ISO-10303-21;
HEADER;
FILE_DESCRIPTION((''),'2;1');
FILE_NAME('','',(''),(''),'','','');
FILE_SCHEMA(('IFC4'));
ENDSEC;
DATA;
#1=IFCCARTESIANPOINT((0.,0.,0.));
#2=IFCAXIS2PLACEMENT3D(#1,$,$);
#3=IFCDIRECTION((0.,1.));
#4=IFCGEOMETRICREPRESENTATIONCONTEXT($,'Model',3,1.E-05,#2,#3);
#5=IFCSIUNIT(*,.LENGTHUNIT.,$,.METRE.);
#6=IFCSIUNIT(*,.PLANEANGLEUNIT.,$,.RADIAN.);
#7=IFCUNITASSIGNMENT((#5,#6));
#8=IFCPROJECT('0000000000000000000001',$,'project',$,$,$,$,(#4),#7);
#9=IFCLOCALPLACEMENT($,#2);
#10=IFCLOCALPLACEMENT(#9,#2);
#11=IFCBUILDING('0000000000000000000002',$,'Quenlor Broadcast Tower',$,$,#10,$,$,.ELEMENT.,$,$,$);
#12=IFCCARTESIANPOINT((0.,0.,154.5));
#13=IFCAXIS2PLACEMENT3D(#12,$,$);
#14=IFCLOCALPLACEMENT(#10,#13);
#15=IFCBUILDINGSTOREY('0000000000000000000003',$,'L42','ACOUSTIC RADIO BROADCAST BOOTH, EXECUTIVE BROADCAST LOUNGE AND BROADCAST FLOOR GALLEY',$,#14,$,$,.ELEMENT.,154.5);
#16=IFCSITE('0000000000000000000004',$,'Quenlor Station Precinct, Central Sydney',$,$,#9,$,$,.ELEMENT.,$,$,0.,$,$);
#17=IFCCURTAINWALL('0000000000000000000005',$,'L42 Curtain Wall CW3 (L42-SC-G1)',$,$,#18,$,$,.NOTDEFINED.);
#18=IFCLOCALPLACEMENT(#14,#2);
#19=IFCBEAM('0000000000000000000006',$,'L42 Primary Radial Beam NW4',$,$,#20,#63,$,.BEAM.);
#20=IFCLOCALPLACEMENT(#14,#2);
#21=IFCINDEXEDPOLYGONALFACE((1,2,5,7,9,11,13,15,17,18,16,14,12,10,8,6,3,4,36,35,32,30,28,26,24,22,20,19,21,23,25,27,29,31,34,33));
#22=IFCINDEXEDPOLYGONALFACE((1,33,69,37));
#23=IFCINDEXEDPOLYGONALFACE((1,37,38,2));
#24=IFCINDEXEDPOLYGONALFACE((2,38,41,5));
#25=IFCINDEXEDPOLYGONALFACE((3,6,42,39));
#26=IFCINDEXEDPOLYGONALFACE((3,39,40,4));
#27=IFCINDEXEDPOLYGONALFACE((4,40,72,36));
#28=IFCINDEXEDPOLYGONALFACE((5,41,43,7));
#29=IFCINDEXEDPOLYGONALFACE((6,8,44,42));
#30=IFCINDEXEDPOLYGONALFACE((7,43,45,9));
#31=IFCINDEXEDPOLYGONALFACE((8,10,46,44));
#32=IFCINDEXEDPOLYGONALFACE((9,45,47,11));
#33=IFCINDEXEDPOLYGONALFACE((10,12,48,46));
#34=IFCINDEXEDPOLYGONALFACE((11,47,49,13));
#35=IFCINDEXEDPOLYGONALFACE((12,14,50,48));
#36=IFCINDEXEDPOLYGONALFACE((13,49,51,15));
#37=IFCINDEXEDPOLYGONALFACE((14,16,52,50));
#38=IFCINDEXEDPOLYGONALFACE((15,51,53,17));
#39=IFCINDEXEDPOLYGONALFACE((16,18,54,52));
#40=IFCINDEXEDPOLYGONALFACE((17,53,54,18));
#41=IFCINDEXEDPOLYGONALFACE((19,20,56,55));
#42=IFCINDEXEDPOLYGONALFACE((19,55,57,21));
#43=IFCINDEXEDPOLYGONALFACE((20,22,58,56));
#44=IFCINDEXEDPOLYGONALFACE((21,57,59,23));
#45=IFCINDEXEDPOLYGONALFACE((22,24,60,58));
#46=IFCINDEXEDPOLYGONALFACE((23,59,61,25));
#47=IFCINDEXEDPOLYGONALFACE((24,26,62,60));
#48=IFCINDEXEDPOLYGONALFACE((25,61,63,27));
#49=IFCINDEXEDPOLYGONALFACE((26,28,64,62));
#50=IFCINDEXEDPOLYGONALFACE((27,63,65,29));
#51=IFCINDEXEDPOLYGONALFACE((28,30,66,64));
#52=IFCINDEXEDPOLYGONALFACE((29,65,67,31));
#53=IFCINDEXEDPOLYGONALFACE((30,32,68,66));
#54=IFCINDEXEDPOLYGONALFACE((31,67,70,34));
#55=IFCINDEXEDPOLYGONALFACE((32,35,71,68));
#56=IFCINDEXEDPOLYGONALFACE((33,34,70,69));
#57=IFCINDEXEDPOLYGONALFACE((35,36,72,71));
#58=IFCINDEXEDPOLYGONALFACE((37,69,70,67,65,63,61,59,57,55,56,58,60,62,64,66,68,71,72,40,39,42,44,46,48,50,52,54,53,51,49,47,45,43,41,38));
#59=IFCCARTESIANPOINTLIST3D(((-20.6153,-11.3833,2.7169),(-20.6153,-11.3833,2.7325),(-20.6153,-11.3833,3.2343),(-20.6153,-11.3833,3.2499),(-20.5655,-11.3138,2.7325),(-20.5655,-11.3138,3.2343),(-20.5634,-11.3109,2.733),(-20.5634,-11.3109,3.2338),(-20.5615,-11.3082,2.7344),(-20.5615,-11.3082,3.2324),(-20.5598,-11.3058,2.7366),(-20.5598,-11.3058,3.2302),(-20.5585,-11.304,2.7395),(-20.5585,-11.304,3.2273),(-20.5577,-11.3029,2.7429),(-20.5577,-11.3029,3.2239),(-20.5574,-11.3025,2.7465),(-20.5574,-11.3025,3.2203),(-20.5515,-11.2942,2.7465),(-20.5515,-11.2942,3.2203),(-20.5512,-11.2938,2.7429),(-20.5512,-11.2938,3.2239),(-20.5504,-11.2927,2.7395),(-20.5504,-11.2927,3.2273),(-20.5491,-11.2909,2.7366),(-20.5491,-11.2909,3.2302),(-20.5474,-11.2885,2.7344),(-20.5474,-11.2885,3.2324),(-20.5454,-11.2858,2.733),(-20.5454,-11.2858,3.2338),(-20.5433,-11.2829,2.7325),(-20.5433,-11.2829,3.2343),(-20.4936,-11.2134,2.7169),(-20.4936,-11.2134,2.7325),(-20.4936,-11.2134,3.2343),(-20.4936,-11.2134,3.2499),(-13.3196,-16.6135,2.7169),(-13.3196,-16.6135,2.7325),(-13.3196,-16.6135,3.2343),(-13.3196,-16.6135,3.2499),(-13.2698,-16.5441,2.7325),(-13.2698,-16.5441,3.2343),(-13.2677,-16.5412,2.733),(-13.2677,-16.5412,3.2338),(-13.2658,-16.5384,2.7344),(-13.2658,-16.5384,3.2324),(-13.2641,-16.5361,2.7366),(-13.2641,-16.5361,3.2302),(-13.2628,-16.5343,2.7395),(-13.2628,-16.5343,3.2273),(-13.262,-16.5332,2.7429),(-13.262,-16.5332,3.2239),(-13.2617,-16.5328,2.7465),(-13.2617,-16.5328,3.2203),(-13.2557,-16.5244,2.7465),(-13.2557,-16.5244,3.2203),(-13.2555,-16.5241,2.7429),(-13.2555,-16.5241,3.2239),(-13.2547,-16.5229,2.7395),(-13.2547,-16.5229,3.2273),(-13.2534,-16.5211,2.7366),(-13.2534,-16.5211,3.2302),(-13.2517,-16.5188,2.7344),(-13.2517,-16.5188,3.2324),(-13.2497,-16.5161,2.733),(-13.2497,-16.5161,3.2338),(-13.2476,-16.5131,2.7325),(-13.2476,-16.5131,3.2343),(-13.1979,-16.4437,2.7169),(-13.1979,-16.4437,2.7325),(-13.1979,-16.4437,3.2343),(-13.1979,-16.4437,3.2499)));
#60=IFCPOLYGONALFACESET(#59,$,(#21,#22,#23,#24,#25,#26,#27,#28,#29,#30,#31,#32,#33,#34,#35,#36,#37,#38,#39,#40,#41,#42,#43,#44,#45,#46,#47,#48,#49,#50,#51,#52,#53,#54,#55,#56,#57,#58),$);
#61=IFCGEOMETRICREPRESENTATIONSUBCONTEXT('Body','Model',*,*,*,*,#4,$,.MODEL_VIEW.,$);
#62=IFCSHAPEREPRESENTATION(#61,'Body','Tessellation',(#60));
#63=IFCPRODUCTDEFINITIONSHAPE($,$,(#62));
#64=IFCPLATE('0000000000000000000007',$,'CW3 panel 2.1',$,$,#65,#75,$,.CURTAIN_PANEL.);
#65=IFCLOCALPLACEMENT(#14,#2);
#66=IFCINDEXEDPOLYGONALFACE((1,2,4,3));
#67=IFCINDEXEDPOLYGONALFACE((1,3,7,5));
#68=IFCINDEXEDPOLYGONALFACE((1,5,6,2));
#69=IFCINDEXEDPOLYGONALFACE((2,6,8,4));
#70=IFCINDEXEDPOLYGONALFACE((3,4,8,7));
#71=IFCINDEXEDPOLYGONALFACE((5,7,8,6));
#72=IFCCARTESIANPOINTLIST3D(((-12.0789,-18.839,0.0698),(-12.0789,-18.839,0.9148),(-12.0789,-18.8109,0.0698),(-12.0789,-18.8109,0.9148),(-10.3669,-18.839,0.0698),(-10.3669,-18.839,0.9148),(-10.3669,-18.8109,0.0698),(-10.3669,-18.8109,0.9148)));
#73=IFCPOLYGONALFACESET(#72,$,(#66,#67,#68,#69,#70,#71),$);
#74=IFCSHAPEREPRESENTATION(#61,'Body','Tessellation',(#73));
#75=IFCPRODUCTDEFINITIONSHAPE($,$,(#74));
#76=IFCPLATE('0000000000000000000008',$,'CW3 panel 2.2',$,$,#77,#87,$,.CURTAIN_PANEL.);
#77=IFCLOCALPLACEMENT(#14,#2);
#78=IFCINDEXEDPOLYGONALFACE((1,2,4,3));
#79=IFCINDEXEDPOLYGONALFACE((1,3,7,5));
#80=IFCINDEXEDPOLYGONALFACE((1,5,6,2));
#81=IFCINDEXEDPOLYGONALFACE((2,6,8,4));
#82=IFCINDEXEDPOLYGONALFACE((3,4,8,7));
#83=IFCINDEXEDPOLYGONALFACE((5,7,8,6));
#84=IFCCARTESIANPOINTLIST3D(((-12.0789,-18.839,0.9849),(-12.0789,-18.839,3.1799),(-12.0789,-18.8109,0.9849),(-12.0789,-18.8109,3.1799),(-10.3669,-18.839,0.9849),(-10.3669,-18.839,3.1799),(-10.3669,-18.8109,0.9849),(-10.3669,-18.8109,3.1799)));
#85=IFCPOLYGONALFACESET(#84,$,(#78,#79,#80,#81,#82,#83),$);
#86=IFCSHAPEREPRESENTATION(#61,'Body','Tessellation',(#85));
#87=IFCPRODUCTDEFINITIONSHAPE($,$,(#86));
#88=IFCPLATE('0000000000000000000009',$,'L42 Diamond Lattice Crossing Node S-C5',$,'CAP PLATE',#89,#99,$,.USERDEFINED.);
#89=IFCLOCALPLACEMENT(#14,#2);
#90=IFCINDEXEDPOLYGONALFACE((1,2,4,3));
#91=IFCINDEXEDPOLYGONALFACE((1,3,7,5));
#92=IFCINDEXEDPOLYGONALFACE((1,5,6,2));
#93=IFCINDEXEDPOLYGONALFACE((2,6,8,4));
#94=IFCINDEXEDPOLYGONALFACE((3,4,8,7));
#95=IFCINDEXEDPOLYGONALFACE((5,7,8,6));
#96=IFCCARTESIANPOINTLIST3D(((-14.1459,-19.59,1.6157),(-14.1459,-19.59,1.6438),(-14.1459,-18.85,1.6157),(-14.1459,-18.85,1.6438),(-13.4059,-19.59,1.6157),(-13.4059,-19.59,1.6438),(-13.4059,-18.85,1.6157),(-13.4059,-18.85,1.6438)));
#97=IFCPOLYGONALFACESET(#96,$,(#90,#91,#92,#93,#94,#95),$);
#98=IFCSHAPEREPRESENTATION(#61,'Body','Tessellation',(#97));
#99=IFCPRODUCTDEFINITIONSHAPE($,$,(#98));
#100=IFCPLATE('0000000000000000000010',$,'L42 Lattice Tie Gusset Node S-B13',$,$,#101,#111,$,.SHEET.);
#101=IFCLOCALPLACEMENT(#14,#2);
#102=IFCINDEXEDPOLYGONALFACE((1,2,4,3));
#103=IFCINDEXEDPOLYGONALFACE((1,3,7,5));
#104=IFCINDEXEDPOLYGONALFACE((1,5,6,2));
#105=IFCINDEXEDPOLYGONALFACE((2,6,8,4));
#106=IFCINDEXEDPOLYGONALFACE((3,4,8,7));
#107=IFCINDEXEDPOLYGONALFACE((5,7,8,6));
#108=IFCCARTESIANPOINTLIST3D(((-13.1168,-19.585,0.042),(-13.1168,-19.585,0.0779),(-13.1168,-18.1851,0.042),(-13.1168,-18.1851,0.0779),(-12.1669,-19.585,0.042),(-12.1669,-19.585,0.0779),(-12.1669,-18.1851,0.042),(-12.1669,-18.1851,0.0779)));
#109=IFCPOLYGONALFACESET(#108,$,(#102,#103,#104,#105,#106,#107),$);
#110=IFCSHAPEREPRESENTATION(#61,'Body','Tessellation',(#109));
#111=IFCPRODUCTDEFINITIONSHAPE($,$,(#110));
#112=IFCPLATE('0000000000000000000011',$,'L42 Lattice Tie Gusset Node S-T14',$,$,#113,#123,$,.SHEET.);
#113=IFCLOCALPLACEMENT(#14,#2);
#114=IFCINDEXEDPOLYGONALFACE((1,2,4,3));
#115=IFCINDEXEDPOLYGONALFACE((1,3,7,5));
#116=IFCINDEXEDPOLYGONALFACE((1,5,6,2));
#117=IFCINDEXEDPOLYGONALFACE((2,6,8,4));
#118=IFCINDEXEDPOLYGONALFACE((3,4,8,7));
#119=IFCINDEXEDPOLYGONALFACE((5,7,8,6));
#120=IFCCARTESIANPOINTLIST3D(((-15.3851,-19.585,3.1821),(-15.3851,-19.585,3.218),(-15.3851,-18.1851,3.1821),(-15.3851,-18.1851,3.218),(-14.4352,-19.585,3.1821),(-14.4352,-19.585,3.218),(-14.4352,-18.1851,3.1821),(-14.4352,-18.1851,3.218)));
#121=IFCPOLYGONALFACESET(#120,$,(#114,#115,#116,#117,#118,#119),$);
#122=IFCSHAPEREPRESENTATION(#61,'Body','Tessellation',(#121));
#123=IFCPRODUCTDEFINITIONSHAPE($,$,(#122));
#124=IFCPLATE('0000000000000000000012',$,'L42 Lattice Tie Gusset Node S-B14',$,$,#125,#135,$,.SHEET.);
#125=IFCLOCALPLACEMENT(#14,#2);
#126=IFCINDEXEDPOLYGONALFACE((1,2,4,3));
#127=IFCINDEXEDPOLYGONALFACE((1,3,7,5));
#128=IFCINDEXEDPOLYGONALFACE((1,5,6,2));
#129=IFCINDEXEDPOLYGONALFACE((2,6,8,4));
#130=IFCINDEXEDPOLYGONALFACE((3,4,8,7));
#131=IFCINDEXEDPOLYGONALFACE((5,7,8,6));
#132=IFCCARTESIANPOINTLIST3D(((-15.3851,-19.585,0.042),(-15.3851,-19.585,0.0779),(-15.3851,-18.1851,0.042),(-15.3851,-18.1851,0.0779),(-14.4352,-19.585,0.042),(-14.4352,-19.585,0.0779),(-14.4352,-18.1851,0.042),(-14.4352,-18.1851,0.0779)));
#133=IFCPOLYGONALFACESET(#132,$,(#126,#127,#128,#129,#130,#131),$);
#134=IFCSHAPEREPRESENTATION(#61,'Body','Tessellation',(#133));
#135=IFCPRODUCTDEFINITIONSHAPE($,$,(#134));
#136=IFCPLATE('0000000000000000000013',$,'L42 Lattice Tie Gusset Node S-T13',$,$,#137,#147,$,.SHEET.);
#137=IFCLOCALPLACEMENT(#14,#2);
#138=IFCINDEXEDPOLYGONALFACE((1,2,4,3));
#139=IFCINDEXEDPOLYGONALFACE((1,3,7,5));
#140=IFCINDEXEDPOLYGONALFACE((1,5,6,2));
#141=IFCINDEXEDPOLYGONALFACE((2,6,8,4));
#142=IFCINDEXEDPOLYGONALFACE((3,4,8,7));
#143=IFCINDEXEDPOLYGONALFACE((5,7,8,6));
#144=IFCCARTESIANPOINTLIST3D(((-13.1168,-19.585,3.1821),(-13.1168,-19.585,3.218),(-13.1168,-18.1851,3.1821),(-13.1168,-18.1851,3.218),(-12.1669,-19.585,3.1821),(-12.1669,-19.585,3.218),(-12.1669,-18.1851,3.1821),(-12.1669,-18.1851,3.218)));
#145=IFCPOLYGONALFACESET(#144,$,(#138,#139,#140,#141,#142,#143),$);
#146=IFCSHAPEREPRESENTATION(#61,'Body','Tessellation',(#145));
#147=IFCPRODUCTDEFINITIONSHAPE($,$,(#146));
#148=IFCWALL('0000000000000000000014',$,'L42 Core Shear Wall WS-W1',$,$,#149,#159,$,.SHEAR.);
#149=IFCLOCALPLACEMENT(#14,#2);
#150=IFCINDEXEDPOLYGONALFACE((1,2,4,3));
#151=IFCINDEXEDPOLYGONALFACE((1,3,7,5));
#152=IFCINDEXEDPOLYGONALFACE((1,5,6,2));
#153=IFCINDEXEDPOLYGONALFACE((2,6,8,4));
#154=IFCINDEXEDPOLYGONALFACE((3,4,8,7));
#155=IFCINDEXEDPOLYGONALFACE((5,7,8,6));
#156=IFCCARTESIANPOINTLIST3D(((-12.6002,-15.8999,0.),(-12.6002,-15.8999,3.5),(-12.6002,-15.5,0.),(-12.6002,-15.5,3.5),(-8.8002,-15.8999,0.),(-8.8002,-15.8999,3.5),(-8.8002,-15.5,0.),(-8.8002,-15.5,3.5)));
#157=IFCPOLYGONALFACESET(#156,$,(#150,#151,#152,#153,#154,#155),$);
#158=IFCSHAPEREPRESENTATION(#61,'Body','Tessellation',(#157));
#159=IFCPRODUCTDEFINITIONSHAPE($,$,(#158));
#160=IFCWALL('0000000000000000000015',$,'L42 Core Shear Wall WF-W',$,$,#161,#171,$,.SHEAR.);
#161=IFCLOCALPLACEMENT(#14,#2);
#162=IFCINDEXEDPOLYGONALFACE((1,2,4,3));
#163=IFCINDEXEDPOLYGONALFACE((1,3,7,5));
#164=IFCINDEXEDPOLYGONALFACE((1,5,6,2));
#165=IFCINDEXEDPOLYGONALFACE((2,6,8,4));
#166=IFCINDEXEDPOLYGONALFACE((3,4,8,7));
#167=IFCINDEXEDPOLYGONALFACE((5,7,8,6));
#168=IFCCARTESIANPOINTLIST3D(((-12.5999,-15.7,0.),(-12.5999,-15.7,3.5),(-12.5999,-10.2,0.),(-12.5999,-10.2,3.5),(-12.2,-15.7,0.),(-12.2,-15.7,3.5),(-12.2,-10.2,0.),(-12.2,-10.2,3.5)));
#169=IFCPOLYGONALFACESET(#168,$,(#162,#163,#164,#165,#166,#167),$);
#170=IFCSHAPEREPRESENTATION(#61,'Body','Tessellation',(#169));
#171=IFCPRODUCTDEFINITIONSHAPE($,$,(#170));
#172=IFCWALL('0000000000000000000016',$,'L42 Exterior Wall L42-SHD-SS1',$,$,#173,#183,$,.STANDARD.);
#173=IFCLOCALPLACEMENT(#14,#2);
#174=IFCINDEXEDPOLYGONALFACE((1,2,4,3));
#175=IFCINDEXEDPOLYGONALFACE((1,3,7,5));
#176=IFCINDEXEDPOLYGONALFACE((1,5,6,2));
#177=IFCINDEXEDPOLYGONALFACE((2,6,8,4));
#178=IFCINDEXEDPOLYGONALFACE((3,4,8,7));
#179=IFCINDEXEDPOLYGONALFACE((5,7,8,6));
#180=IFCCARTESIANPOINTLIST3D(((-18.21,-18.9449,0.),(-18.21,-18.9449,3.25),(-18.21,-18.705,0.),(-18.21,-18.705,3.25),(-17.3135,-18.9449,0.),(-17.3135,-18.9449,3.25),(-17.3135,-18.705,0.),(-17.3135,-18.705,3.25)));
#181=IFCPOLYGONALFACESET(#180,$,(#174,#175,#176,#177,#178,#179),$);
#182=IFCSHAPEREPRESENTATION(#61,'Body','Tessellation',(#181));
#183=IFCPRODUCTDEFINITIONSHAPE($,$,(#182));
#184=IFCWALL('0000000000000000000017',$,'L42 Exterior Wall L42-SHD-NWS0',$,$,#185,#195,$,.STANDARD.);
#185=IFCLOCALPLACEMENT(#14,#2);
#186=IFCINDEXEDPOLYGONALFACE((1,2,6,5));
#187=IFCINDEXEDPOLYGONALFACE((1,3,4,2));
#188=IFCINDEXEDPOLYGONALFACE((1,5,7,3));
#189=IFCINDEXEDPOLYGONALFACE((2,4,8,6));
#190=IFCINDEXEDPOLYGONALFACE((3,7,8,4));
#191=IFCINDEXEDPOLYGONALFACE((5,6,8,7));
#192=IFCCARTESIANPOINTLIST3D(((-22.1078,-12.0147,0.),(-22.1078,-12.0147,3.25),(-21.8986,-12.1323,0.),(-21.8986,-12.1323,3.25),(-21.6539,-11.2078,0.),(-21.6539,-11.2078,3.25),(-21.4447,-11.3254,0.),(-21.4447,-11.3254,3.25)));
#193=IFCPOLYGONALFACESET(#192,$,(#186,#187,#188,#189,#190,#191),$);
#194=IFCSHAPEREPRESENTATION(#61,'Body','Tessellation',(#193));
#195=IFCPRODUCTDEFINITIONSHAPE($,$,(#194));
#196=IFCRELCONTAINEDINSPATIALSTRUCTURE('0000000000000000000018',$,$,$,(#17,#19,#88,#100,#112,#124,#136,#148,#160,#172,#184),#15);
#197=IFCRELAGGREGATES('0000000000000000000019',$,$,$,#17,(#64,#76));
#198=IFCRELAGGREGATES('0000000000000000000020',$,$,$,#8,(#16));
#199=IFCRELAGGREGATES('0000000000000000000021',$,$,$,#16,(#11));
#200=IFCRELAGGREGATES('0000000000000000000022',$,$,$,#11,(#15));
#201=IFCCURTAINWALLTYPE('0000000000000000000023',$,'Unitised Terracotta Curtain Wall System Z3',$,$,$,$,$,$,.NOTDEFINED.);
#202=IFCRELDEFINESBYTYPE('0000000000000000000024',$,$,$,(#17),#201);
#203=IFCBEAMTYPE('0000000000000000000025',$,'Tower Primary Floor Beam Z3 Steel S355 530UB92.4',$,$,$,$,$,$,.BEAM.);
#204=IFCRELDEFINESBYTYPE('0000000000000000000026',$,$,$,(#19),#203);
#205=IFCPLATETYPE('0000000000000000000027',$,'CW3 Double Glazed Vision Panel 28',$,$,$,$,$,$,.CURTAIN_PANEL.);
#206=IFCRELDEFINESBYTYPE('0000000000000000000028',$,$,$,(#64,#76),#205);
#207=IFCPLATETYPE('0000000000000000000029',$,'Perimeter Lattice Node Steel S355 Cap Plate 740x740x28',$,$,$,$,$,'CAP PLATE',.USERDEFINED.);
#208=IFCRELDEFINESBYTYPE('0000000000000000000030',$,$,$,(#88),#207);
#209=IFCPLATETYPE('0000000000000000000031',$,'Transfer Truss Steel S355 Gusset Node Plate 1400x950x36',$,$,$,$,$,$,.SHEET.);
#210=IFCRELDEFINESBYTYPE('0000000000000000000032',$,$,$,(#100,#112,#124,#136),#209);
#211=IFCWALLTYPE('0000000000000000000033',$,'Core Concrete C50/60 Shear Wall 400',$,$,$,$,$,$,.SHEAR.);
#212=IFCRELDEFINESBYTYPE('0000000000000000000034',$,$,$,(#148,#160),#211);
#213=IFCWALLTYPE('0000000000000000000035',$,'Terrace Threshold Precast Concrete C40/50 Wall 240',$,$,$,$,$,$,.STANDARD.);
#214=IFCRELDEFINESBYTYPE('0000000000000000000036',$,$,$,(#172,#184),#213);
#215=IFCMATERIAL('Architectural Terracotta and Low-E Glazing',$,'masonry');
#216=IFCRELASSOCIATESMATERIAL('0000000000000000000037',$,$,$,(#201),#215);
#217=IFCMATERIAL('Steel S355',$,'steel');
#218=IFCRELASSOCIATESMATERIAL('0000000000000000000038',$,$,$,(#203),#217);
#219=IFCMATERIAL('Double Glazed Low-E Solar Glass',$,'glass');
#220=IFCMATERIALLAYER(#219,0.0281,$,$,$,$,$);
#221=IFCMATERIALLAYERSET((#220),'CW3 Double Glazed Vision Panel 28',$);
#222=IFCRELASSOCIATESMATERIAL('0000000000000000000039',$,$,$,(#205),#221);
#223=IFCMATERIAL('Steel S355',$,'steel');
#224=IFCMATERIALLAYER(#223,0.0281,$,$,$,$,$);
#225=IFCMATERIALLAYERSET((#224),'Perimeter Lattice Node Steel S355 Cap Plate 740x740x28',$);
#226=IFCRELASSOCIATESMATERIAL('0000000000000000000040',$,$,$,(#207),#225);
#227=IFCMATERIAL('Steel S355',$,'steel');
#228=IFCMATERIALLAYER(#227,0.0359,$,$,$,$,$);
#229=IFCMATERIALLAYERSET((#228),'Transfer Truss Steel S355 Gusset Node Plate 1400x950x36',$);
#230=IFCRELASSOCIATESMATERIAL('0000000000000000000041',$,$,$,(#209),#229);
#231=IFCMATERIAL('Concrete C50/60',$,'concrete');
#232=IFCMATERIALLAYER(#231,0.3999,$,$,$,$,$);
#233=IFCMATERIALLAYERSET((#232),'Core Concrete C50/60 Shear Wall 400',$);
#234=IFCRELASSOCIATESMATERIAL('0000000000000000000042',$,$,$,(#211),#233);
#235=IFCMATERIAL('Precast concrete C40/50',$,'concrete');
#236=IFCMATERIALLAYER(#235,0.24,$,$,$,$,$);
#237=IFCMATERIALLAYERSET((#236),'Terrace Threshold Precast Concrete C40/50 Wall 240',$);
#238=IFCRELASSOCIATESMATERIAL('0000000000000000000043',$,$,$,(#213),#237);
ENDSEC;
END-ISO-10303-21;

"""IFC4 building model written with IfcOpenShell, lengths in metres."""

from ifc_helpers import new_model, si_unit, direction, frame, frame_2d, origin, origin_2d, place, context, subcontext, project, spatial, rectangle, i_section, extrude, material, layer, layer_set, material_profile, profile_set, type_object, element, aggregate, save


model = new_model("IFC4")

# Units and contexts
model_context = context("Model", 3, precision=1e-05, world=origin(), true_north=direction((0.0, 1.0)))
body_context = subcontext(model_context, "Body", "Model", "MODEL_VIEW")
ifc_project = project(units=[si_unit("LENGTHUNIT", "METRE"), si_unit("PLANEANGLEUNIT", "RADIAN")], contexts=[model_context])

# Site, building, storey
site_placement = place(None, origin())
site = spatial("IfcSite", under=ifc_project, at=site_placement, Name="Quenlor Station Precinct, Central Sydney", CompositionType="ELEMENT", RefElevation=0.0)
building_placement = place(site_placement, origin())
building = spatial("IfcBuilding", under=site, at=building_placement, Name="Quenlor Broadcast Tower", CompositionType="ELEMENT")
storey_placement = place(building_placement, frame((0.0, 0.0, 154.5)))
storey = spatial("IfcBuildingStorey", under=building, at=storey_placement, Name="L42", Description="ACOUSTIC RADIO BROADCAST BOOTH, EXECUTIVE BROADCAST LOUNGE AND BROADCAST FLOOR GALLEY", CompositionType="ELEMENT", Elevation=154.5)

# Curtain wall
ifc_material_1 = material(Name="Architectural Terracotta and Low-E Glazing", Category="masonry")
curtain_wall_type = type_object("IfcCurtainWallType", Name="Unitised Terracotta Curtain Wall System Z3", PredefinedType="NOTDEFINED", material=ifc_material_1)
curtain_wall_placement = place(storey_placement, origin())
curtain_wall = element("IfcCurtainWall", 1, at=curtain_wall_placement, inside=storey, type_object=curtain_wall_type, Name="L42 Curtain Wall CW3 (L42-SC-G1)", PredefinedType="NOTDEFINED")

# Beam
ifc_material_2 = material(Name="Steel S355", Category="steel")
ifc_material_profile_1 = material_profile(ifc_material_2, i_section(OverallWidth=0.209, OverallDepth=0.533, WebThickness=0.0103, FlangeThickness=0.0156, FilletRadius=0.0139, at=origin_2d()))
ifc_profile_set_1 = profile_set([ifc_material_profile_1], Name="Steel S355 530UB92.4")
beam_type_1 = type_object("IfcBeamType", Name="Tower Primary Floor Beam Z3 Steel S355 530UB92.4", PredefinedType="BEAM", material=ifc_profile_set_1)
beam_1_placement = place(storey_placement, frame((-20.5544, -11.2983, 2.9834), z_axis=(0.812729, -0.582642, 0.0), x_axis=(0.582642, 0.812729, 0.0)))
element("IfcBeam", 2, at=beam_1_placement, inside=storey, type_object=beam_type_1, Name="L42 Primary Radial Beam NW4", PredefinedType="BEAM", context=body_context, shape_type="SweptSolid", body=[
    extrude(i_section(OverallWidth=0.209, OverallDepth=0.533, WebThickness=0.0103, FlangeThickness=0.0156, FilletRadius=0.0139, at=origin_2d()), origin(), (0.0, 0.0, 1.0), 8.9768),
])

# Plates
ifc_material_3 = material(Name="Double Glazed Low-E Solar Glass", Category="glass")
ifc_layer_1 = layer(ifc_material_3, 0.0281)
ifc_layer_set_1 = layer_set([ifc_layer_1], Name="CW3 Double Glazed Vision Panel 28")
plate_type_1 = type_object("IfcPlateType", Name="CW3 Double Glazed Vision Panel 28", PredefinedType="CURTAIN_PANEL", material=ifc_layer_set_1)
plate_1_placement = place(storey_placement, frame((-11.2229, -18.825, 0.0698), z_axis=(0.0, 0.0, 1.0), x_axis=(-1.0, 0.0, 0.0)))
plate_1 = element("IfcPlate", 3, at=plate_1_placement, type_object=plate_type_1, Name="CW3 panel 2.1", PredefinedType="CURTAIN_PANEL", context=body_context, shape_type="SweptSolid", body=[
    extrude(rectangle(XDim=1.7119, YDim=0.0281, at=origin_2d()), origin(), (0.0, 0.0, 1.0), 0.845),
])
plate_2_placement = place(storey_placement, frame((-11.2229, -18.825, 0.9849), z_axis=(0.0, 0.0, 1.0), x_axis=(-1.0, 0.0, 0.0)))
plate_2 = element("IfcPlate", 4, at=plate_2_placement, type_object=plate_type_1, Name="CW3 panel 2.2", PredefinedType="CURTAIN_PANEL", context=body_context, shape_type="SweptSolid", body=[
    extrude(rectangle(XDim=1.7119, YDim=0.0281, at=origin_2d()), origin(), (0.0, 0.0, 1.0), 2.1951),
])
aggregate(curtain_wall, [plate_1, plate_2])

# Plates
ifc_material_4 = material(Name="Steel S355", Category="steel")
ifc_layer_2 = layer(ifc_material_4, 0.0281)
ifc_layer_set_2 = layer_set([ifc_layer_2], Name="Perimeter Lattice Node Steel S355 Cap Plate 740x740x28")
plate_type_2 = type_object("IfcPlateType", Name="Perimeter Lattice Node Steel S355 Cap Plate 740x740x28", ElementType="CAP PLATE", PredefinedType="USERDEFINED", material=ifc_layer_set_2)
plate_3_placement = place(storey_placement, frame((-13.7759, -19.22, 1.6157), z_axis=(0.0, 0.0, 1.0), x_axis=(-1.0, 0.0, 0.0)))
element("IfcPlate", 5, at=plate_3_placement, inside=storey, type_object=plate_type_2, Name="L42 Diamond Lattice Crossing Node S-C5", ObjectType="CAP PLATE", PredefinedType="USERDEFINED", context=body_context, shape_type="SweptSolid", body=[
    extrude(rectangle(XDim=0.74, YDim=0.74, at=origin_2d()), origin(), (0.0, 0.0, 1.0), 0.0281),
])
ifc_material_5 = material(Name="Steel S355", Category="steel")
ifc_layer_3 = layer(ifc_material_5, 0.0359)
ifc_layer_set_3 = layer_set([ifc_layer_3], Name="Transfer Truss Steel S355 Gusset Node Plate 1400x950x36")
plate_type_3 = type_object("IfcPlateType", Name="Transfer Truss Steel S355 Gusset Node Plate 1400x950x36", PredefinedType="SHEET", material=ifc_layer_set_3)
for number, where, z_axis, x_axis, name in (
    (6, (-12.6418, -18.885, 0.042), (0.0, 0.0, 1.0), (0.0, -1.0, 0.0), "L42 Lattice Tie Gusset Node S-B13"),
    (7, (-14.9102, -18.885, 3.1821), (0.0, 0.0, 1.0), (0.0, -1.0, 0.0), "L42 Lattice Tie Gusset Node S-T14"),
    (8, (-14.9102, -18.885, 0.042), (0.0, 0.0, 1.0), (0.0, -1.0, 0.0), "L42 Lattice Tie Gusset Node S-B14"),
    (9, (-12.6418, -18.885, 3.1821), (0.0, 0.0, 1.0), (0.0, -1.0, 0.0), "L42 Lattice Tie Gusset Node S-T13"),
):
    element("IfcPlate", number, at=place(storey_placement, frame(where, z_axis=z_axis, x_axis=x_axis)), inside=storey, type_object=plate_type_3, Name=name, PredefinedType="SHEET", context=body_context, shape_type="SweptSolid", body=[
        extrude(rectangle(XDim=1.3999, YDim=0.95, at=origin_2d()), origin(), (0.0, 0.0, 1.0), 0.0359),
    ])

# Walls
ifc_material_6 = material(Name="Concrete C50/60", Category="concrete")
ifc_layer_4 = layer(ifc_material_6, 0.3999)
ifc_layer_set_4 = layer_set([ifc_layer_4], Name="Core Concrete C50/60 Shear Wall 400")
wall_type_1 = type_object("IfcWallType", Name="Core Concrete C50/60 Shear Wall 400", PredefinedType="SHEAR", material=ifc_layer_set_4)
wall_1_placement = place(storey_placement, frame((-12.6001, -15.7, 0.0), z_axis=(0.0, 0.0, 1.0), x_axis=(1.0, 0.0, 0.0)))
element("IfcWall", 10, at=wall_1_placement, inside=storey, type_object=wall_type_1, Name="L42 Core Shear Wall WS-W1", PredefinedType="SHEAR", context=body_context, shape_type="SweptSolid", body=[
    extrude(rectangle(XDim=3.8, YDim=0.3999, at=frame_2d((1.8999, 0.0))), origin(), (0.0, 0.0, 1.0), 3.5),
])
wall_2_placement = place(storey_placement, frame((-12.3999, -15.7, 0.0), z_axis=(0.0, 0.0, 1.0), x_axis=(0.0, 1.0, 0.0)))
element("IfcWall", 11, at=wall_2_placement, inside=storey, type_object=wall_type_1, Name="L42 Core Shear Wall WF-W", PredefinedType="SHEAR", context=body_context, shape_type="SweptSolid", body=[
    extrude(rectangle(XDim=5.5, YDim=0.3999, at=frame_2d((2.75, 0.0))), origin(), (0.0, 0.0, 1.0), 3.5),
])
ifc_material_7 = material(Name="Precast concrete C40/50", Category="concrete")
ifc_layer_5 = layer(ifc_material_7, 0.24)
ifc_layer_set_5 = layer_set([ifc_layer_5], Name="Terrace Threshold Precast Concrete C40/50 Wall 240")
wall_type_2 = type_object("IfcWallType", Name="Terrace Threshold Precast Concrete C40/50 Wall 240", PredefinedType="STANDARD", material=ifc_layer_set_5)
wall_3_placement = place(storey_placement, frame((-17.3135, -18.825, 0.0), z_axis=(0.0, 0.0, 1.0), x_axis=(-1.0, 0.0, 0.0)))
element("IfcWall", 12, at=wall_3_placement, inside=storey, type_object=wall_type_2, Name="L42 Exterior Wall L42-SHD-SS1", PredefinedType="STANDARD", context=body_context, shape_type="SweptSolid", body=[
    extrude(rectangle(XDim=0.8965, YDim=0.24, at=frame_2d((0.4482, 0.0))), origin(), (0.0, 0.0, 1.0), 3.25),
])
wall_4_placement = place(storey_placement, frame((-22.0032, -12.0735, 0.0), z_axis=(0.0, 0.0, 1.0), x_axis=(0.490249, 0.871583, 0.0)))
element("IfcWall", 13, at=wall_4_placement, inside=storey, type_object=wall_type_2, Name="L42 Exterior Wall L42-SHD-NWS0", PredefinedType="STANDARD", context=body_context, shape_type="SweptSolid", body=[
    extrude(rectangle(XDim=0.9258, YDim=0.24, at=frame_2d((0.4629, 0.0))), origin(), (0.0, 0.0, 1.0), 3.25),
])

save(model, "model.ifc")
